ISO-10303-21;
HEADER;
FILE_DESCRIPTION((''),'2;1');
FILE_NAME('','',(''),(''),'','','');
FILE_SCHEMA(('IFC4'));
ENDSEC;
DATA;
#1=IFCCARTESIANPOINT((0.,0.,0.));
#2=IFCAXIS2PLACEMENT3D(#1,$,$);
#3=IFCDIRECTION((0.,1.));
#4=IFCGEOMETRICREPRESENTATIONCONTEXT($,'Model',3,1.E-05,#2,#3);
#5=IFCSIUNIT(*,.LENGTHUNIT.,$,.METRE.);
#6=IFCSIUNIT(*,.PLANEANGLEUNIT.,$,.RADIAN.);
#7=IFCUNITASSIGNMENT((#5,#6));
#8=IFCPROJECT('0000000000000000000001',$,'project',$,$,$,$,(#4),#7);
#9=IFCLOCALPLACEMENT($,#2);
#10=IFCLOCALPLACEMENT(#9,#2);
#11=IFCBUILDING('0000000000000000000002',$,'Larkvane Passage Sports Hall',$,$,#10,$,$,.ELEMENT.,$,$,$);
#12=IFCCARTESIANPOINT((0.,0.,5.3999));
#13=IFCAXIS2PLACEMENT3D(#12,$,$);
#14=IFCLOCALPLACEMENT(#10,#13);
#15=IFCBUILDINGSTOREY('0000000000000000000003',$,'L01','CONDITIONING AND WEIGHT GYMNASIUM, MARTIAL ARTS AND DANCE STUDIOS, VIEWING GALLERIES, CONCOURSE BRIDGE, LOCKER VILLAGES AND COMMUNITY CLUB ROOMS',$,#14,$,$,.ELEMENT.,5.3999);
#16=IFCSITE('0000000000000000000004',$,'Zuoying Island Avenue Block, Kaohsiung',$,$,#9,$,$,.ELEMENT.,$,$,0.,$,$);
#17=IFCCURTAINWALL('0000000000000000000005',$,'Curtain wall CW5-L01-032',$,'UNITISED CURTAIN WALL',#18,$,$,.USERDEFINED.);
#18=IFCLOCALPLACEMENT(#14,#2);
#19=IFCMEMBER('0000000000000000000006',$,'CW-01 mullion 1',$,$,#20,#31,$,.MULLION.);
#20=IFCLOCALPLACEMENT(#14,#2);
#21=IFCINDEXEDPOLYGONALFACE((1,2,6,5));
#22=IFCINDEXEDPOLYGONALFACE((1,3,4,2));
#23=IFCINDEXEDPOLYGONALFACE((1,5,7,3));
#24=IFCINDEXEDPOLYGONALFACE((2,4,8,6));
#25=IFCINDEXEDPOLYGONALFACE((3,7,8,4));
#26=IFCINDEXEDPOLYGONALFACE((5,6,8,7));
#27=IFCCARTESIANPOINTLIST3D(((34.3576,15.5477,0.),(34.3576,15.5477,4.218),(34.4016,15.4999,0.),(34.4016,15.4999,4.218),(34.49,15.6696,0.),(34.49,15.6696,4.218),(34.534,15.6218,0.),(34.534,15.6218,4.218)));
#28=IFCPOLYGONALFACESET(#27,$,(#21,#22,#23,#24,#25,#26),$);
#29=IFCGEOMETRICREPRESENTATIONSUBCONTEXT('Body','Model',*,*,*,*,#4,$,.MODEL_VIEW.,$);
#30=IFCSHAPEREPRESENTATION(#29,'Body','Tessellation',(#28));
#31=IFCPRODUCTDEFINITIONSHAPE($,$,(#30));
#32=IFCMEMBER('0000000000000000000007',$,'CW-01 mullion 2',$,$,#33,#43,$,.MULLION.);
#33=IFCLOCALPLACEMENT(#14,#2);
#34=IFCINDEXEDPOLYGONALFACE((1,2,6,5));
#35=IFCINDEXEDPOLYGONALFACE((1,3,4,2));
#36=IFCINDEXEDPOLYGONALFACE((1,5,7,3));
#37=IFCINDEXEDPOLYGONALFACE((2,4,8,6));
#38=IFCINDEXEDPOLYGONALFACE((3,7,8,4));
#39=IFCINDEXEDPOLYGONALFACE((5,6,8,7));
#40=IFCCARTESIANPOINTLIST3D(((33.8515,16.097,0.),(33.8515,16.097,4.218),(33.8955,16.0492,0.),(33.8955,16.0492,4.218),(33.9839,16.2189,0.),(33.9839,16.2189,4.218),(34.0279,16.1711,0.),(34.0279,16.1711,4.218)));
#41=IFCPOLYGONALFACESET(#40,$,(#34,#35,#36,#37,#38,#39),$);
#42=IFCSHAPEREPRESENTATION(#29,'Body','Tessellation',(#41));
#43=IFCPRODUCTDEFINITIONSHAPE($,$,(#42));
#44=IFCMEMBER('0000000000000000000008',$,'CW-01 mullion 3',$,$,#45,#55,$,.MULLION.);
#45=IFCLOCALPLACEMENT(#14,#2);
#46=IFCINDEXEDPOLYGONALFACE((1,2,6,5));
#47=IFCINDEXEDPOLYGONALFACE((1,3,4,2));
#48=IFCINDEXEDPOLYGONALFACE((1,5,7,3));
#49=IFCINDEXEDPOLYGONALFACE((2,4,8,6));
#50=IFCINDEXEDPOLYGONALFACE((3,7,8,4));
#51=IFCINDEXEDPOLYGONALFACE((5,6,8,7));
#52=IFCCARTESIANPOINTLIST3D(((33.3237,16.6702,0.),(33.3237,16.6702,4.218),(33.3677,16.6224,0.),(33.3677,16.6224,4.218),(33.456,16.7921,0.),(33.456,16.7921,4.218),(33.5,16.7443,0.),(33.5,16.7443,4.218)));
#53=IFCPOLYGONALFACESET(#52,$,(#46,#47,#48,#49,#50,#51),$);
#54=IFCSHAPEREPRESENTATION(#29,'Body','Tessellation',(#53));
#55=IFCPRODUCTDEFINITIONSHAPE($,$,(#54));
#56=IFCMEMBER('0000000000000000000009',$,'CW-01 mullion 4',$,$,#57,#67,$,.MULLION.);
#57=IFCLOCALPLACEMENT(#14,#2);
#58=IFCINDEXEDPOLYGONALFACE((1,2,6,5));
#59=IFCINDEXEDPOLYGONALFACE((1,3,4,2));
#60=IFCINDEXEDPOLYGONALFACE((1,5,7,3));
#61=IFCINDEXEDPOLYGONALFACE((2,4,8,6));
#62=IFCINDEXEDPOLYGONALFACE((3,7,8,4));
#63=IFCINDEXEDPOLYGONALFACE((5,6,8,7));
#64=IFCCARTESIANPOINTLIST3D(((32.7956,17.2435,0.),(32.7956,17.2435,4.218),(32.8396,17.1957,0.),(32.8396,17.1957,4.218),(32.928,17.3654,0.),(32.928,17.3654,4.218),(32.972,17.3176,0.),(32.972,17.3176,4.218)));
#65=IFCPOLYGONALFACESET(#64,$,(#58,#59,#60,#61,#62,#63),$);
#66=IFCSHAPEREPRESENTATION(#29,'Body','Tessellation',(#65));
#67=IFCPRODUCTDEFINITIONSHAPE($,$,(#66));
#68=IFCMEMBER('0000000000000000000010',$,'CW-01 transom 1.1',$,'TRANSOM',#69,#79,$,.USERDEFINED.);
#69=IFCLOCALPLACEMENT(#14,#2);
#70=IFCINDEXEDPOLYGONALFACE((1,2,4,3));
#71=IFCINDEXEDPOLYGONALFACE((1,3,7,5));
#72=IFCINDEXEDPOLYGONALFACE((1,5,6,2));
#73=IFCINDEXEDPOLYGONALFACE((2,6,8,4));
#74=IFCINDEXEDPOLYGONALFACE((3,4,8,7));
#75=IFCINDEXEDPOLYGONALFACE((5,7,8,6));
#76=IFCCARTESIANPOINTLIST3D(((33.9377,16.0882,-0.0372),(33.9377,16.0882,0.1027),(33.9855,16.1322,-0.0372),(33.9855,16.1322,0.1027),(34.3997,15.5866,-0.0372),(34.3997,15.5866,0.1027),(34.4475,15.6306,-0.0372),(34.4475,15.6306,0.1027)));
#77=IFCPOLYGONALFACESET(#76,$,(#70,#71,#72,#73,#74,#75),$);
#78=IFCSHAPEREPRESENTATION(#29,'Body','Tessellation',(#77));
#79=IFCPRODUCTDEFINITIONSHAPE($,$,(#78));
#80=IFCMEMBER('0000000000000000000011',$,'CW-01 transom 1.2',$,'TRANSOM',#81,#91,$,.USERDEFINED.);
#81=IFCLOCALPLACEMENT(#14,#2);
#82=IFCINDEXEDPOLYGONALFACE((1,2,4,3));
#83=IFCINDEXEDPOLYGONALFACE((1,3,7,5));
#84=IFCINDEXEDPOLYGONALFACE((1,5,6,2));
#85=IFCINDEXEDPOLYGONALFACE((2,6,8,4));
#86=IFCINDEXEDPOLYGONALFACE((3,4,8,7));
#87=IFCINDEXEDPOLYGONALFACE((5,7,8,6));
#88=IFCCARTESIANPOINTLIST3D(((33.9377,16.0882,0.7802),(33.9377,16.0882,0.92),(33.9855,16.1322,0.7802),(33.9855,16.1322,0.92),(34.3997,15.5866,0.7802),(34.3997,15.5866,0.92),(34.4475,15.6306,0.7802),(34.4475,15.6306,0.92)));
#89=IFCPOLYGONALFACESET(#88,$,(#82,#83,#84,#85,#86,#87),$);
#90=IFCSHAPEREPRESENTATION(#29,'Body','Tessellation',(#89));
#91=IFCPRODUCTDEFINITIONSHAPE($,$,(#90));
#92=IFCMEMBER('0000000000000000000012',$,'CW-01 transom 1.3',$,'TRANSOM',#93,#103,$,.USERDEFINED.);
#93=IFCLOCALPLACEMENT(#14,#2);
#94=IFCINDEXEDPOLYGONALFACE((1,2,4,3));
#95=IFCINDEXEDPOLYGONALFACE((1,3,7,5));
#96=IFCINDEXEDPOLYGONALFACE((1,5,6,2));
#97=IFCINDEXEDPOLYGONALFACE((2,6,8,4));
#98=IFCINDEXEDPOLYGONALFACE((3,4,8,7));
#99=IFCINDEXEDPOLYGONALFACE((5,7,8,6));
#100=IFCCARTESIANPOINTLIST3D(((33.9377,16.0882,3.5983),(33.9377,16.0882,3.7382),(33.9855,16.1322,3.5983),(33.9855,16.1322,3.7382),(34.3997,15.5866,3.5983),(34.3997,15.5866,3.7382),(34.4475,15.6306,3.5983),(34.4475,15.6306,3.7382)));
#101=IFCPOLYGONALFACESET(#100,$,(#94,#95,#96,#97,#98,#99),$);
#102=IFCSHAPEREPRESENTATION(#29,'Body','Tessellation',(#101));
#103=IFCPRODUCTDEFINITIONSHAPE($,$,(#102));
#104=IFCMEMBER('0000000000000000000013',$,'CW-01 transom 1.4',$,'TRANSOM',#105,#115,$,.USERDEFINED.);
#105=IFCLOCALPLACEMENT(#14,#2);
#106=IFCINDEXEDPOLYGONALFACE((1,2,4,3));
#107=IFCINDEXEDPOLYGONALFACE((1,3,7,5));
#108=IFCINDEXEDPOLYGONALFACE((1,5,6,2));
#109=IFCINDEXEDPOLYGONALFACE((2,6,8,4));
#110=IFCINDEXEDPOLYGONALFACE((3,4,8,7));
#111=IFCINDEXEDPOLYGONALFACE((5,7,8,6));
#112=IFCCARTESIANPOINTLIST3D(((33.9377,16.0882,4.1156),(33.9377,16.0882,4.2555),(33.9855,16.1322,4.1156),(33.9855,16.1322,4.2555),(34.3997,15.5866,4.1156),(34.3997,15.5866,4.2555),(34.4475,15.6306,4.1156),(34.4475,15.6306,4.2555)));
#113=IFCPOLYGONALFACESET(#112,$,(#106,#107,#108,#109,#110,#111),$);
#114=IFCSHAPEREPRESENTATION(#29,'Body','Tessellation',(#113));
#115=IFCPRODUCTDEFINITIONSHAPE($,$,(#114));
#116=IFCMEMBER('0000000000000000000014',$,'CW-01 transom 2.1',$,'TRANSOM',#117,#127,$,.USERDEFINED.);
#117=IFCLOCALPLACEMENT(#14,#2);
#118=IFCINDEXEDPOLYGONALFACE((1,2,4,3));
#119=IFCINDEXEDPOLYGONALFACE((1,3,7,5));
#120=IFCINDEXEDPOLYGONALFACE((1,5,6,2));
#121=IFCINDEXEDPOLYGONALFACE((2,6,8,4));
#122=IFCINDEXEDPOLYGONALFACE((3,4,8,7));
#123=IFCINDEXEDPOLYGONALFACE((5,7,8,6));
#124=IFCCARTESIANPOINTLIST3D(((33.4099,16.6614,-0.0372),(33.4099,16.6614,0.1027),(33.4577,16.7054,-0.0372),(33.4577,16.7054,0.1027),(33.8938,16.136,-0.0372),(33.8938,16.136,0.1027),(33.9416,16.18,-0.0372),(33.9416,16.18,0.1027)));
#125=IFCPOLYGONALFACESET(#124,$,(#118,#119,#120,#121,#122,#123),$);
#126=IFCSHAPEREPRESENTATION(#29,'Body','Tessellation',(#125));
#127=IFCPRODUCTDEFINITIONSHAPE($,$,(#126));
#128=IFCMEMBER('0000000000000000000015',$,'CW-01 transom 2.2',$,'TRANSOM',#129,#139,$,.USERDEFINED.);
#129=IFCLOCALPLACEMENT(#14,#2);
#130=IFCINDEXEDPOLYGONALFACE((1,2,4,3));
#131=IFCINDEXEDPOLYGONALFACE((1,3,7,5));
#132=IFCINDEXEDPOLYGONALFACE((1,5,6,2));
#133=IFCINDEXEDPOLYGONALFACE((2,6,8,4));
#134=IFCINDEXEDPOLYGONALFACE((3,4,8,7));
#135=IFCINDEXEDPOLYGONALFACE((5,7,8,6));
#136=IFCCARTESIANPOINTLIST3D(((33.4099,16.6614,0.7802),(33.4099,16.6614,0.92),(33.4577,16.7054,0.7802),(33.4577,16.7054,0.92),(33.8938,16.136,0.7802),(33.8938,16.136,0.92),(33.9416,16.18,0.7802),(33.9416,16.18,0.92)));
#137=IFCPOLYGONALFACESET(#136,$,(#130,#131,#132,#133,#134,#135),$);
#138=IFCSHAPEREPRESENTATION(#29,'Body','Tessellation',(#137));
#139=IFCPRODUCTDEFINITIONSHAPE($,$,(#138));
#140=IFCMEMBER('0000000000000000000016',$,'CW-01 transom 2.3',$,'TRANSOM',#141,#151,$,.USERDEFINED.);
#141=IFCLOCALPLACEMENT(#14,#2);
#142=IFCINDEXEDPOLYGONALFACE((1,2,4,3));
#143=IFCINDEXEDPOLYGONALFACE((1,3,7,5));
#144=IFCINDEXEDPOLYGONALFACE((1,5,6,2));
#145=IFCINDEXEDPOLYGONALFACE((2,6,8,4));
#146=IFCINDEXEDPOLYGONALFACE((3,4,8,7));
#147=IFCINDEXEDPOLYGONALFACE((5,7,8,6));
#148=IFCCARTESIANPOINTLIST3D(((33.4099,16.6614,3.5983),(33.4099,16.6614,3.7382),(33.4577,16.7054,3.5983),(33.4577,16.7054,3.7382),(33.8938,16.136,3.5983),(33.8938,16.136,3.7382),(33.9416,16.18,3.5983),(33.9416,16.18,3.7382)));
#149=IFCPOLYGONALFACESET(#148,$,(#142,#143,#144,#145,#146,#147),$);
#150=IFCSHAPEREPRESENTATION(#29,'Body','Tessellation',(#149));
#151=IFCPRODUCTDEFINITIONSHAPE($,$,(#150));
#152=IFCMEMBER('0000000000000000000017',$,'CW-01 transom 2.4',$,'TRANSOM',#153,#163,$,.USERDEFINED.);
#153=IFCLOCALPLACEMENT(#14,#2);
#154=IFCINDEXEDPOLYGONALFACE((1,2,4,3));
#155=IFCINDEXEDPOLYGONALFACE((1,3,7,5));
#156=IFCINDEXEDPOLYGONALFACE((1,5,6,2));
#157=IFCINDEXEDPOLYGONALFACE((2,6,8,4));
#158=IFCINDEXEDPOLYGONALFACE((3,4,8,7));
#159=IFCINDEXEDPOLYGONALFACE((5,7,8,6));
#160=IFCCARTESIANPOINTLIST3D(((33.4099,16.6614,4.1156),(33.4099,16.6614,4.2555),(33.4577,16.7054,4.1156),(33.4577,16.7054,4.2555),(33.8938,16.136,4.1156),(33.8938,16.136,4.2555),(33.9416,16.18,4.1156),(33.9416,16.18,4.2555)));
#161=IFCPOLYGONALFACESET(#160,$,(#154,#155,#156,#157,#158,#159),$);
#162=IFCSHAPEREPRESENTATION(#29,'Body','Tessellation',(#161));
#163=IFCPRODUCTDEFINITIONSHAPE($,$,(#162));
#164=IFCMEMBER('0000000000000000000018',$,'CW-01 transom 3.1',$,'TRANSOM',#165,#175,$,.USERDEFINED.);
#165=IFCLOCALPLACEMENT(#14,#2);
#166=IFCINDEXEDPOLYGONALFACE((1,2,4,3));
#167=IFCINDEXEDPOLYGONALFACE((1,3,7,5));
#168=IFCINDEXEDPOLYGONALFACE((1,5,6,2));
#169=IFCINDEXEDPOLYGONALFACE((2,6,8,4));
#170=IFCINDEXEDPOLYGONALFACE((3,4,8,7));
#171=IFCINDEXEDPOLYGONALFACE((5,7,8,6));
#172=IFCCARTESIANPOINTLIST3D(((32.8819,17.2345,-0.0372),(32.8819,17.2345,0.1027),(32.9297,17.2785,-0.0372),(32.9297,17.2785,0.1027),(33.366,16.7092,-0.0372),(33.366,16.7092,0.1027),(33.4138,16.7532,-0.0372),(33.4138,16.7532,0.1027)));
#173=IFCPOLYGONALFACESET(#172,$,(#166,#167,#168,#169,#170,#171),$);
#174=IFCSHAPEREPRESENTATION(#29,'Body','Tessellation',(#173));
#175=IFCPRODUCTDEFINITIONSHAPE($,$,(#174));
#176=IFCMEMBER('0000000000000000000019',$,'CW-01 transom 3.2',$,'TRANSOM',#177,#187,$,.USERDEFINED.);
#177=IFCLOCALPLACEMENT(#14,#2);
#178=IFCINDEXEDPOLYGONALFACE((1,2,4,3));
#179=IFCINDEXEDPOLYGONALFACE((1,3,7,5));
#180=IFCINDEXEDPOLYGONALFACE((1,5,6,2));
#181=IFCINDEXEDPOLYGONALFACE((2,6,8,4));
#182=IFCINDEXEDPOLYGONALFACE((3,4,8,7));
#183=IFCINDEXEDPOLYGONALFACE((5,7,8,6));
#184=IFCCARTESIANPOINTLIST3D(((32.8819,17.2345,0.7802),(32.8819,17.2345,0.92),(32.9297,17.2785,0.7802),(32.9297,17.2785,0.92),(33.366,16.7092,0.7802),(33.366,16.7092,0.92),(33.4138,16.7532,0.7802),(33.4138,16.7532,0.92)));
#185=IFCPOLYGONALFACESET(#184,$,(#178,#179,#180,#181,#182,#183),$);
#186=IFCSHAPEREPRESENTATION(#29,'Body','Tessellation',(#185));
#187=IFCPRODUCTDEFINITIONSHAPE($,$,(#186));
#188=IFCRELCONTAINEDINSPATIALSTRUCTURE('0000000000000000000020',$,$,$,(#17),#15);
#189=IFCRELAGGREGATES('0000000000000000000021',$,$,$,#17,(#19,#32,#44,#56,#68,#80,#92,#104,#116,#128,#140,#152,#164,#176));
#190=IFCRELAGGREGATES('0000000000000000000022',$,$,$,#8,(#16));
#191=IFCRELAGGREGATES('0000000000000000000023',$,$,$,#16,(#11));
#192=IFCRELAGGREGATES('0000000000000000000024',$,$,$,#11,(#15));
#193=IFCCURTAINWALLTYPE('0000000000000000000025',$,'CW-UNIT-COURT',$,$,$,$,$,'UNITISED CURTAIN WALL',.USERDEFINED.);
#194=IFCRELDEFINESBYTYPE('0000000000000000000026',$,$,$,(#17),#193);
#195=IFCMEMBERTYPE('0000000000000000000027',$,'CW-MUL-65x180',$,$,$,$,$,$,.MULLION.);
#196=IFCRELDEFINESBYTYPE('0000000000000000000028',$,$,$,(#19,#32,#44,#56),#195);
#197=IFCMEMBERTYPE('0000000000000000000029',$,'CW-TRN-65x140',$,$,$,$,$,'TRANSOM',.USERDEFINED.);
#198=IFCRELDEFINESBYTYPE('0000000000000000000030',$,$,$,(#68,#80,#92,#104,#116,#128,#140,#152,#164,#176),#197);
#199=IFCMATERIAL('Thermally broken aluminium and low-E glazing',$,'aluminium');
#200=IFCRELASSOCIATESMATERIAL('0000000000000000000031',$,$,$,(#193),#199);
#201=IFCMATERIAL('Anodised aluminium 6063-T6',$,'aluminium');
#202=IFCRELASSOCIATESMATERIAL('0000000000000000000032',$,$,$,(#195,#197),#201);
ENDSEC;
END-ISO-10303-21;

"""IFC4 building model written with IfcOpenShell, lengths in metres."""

from ifc_helpers import new_model, si_unit, direction, frame, origin, origin_2d, place, context, subcontext, project, spatial, rectangle, extrude, material, material_profile, profile_set, type_object, element, aggregate, save


model = new_model("IFC4")

# Units and contexts
model_context = context("Model", 3, precision=1e-05, world=origin(), true_north=direction((0.0, 1.0)))
body_context = subcontext(model_context, "Body", "Model", "MODEL_VIEW")
ifc_project = project(units=[si_unit("LENGTHUNIT", "METRE"), si_unit("PLANEANGLEUNIT", "RADIAN")], contexts=[model_context])

# Site, building, storey
site_placement = place(None, origin())
site = spatial("IfcSite", under=ifc_project, at=site_placement, Name="Zuoying Island Avenue Block, Kaohsiung", CompositionType="ELEMENT", RefElevation=0.0)
building_placement = place(site_placement, origin())
building = spatial("IfcBuilding", under=site, at=building_placement, Name="Larkvane Passage Sports Hall", CompositionType="ELEMENT")
storey_placement = place(building_placement, frame((0.0, 0.0, 5.3999)))
storey = spatial("IfcBuildingStorey", under=building, at=storey_placement, Name="L01", Description="CONDITIONING AND WEIGHT GYMNASIUM, MARTIAL ARTS AND DANCE STUDIOS, VIEWING GALLERIES, CONCOURSE BRIDGE, LOCKER VILLAGES AND COMMUNITY CLUB ROOMS", CompositionType="ELEMENT", Elevation=5.3999)

# Curtain wall, members
ifc_material_1 = material(Name="Thermally broken aluminium and low-E glazing", Category="aluminium")
curtain_wall_type = type_object("IfcCurtainWallType", Name="CW-UNIT-COURT", ElementType="UNITISED CURTAIN WALL", PredefinedType="USERDEFINED", material=ifc_material_1)
curtain_wall_placement = place(storey_placement, origin())
curtain_wall = element("IfcCurtainWall", 1, at=curtain_wall_placement, inside=storey, type_object=curtain_wall_type, Name="Curtain wall CW5-L01-032", ObjectType="UNITISED CURTAIN WALL", PredefinedType="USERDEFINED")
ifc_material_2 = material(Name="Anodised aluminium 6063-T6", Category="aluminium")
ifc_material_profile_1 = material_profile(ifc_material_2, rectangle(XDim=0.0649, YDim=0.1799, at=origin_2d()), Name="ALU-MUL-65x180")
ifc_profile_set_1 = profile_set([ifc_material_profile_1], Name="Anodised aluminium 6063-T6")
member_type_1 = type_object("IfcMemberType", Name="CW-MUL-65x180", PredefinedType="MULLION", material=ifc_profile_set_1)
member_1_placement = place(storey_placement, frame((34.4458, 15.5847, 0.0), z_axis=(0.0, 0.0, 1.0), x_axis=(-0.677478, 0.735543, 0.0)))
member_1 = element("IfcMember", 2, at=member_1_placement, type_object=member_type_1, Name="CW-01 mullion 1", PredefinedType="MULLION", context=body_context, shape_type="SweptSolid", body=[
    extrude(rectangle(XDim=0.0649, YDim=0.1799, at=origin_2d()), origin(), (0.0, 0.0, 1.0), 4.218),
])
member_2_placement = place(storey_placement, frame((33.9397, 16.134, 0.0), z_axis=(0.0, 0.0, 1.0), x_axis=(-0.677478, 0.735543, 0.0)))
member_2 = element("IfcMember", 3, at=member_2_placement, type_object=member_type_1, Name="CW-01 mullion 2", PredefinedType="MULLION", context=body_context, shape_type="SweptSolid", body=[
    extrude(rectangle(XDim=0.0649, YDim=0.1799, at=origin_2d()), origin(), (0.0, 0.0, 1.0), 4.218),
])
member_3_placement = place(storey_placement, frame((33.4119, 16.7073, 0.0), z_axis=(0.0, 0.0, 1.0), x_axis=(-0.677478, 0.735543, 0.0)))
member_3 = element("IfcMember", 4, at=member_3_placement, type_object=member_type_1, Name="CW-01 mullion 3", PredefinedType="MULLION", context=body_context, shape_type="SweptSolid", body=[
    extrude(rectangle(XDim=0.0649, YDim=0.1799, at=origin_2d()), origin(), (0.0, 0.0, 1.0), 4.218),
])
member_4_placement = place(storey_placement, frame((32.8838, 17.2805, 0.0), z_axis=(0.0, 0.0, 1.0), x_axis=(-0.677478, 0.735543, 0.0)))
member_4 = element("IfcMember", 5, at=member_4_placement, type_object=member_type_1, Name="CW-01 mullion 4", PredefinedType="MULLION", context=body_context, shape_type="SweptSolid", body=[
    extrude(rectangle(XDim=0.0649, YDim=0.1799, at=origin_2d()), origin(), (0.0, 0.0, 1.0), 4.218),
])
ifc_material_profile_2 = material_profile(ifc_material_2, rectangle(XDim=0.0649, YDim=0.1399, at=origin_2d()), Name="ALU-TRN-65x140")
ifc_profile_set_2 = profile_set([ifc_material_profile_2], Name="Anodised aluminium 6063-T6")
member_type_2 = type_object("IfcMemberType", Name="CW-TRN-65x140", ElementType="TRANSOM", PredefinedType="USERDEFINED", material=ifc_profile_set_2)
member_5_placement = place(storey_placement, frame((34.4236, 15.6086, 0.0327), z_axis=(-0.677506, 0.735517, 0.0), x_axis=(-0.735517, -0.677506, 0.0)))
member_5 = element("IfcMember", 6, at=member_5_placement, type_object=member_type_2, Name="CW-01 transom 1.1", ObjectType="TRANSOM", PredefinedType="USERDEFINED", context=body_context, shape_type="SweptSolid", body=[
    extrude(rectangle(XDim=0.0649, YDim=0.1399, at=origin_2d()), origin(), (0.0, 0.0, 1.0), 0.6819),
])
member_6_placement = place(storey_placement, frame((34.4236, 15.6086, 0.8501), z_axis=(-0.677506, 0.735517, 0.0), x_axis=(-0.735517, -0.677506, 0.0)))
member_6 = element("IfcMember", 7, at=member_6_placement, type_object=member_type_2, Name="CW-01 transom 1.2", ObjectType="TRANSOM", PredefinedType="USERDEFINED", context=body_context, shape_type="SweptSolid", body=[
    extrude(rectangle(XDim=0.0649, YDim=0.1399, at=origin_2d()), origin(), (0.0, 0.0, 1.0), 0.6819),
])
member_7_placement = place(storey_placement, frame((34.4236, 15.6086, 3.6682), z_axis=(-0.677506, 0.735517, 0.0), x_axis=(-0.735517, -0.677506, 0.0)))
member_7 = element("IfcMember", 8, at=member_7_placement, type_object=member_type_2, Name="CW-01 transom 1.3", ObjectType="TRANSOM", PredefinedType="USERDEFINED", context=body_context, shape_type="SweptSolid", body=[
    extrude(rectangle(XDim=0.0649, YDim=0.1399, at=origin_2d()), origin(), (0.0, 0.0, 1.0), 0.6819),
])
member_8_placement = place(storey_placement, frame((34.4236, 15.6086, 4.1855), z_axis=(-0.677506, 0.735517, 0.0), x_axis=(-0.735517, -0.677506, 0.0)))
member_8 = element("IfcMember", 9, at=member_8_placement, type_object=member_type_2, Name="CW-01 transom 1.4", ObjectType="TRANSOM", PredefinedType="USERDEFINED", context=body_context, shape_type="SweptSolid", body=[
    extrude(rectangle(XDim=0.0649, YDim=0.1399, at=origin_2d()), origin(), (0.0, 0.0, 1.0), 0.6819),
])
member_9_placement = place(storey_placement, frame((33.9177, 16.158, 0.0327), z_axis=(-0.677456, 0.735563, 0.0), x_axis=(-0.735563, -0.677456, 0.0)))
member_9 = element("IfcMember", 10, at=member_9_placement, type_object=member_type_2, Name="CW-01 transom 2.1", ObjectType="TRANSOM", PredefinedType="USERDEFINED", context=body_context, shape_type="SweptSolid", body=[
    extrude(rectangle(XDim=0.0649, YDim=0.1399, at=origin_2d()), origin(), (0.0, 0.0, 1.0), 0.7144),
])
member_10_placement = place(storey_placement, frame((33.9177, 16.158, 0.8501), z_axis=(-0.677456, 0.735563, 0.0), x_axis=(-0.735563, -0.677456, 0.0)))
member_10 = element("IfcMember", 11, at=member_10_placement, type_object=member_type_2, Name="CW-01 transom 2.2", ObjectType="TRANSOM", PredefinedType="USERDEFINED", context=body_context, shape_type="SweptSolid", body=[
    extrude(rectangle(XDim=0.0649, YDim=0.1399, at=origin_2d()), origin(), (0.0, 0.0, 1.0), 0.7144),
])
member_11_placement = place(storey_placement, frame((33.9177, 16.158, 3.6682), z_axis=(-0.677456, 0.735563, 0.0), x_axis=(-0.735563, -0.677456, 0.0)))
member_11 = element("IfcMember", 12, at=member_11_placement, type_object=member_type_2, Name="CW-01 transom 2.3", ObjectType="TRANSOM", PredefinedType="USERDEFINED", context=body_context, shape_type="SweptSolid", body=[
    extrude(rectangle(XDim=0.0649, YDim=0.1399, at=origin_2d()), origin(), (0.0, 0.0, 1.0), 0.7144),
])
member_12_placement = place(storey_placement, frame((33.9177, 16.158, 4.1855), z_axis=(-0.677456, 0.735563, 0.0), x_axis=(-0.735563, -0.677456, 0.0)))
member_12 = element("IfcMember", 13, at=member_12_placement, type_object=member_type_2, Name="CW-01 transom 2.4", ObjectType="TRANSOM", PredefinedType="USERDEFINED", context=body_context, shape_type="SweptSolid", body=[
    extrude(rectangle(XDim=0.0649, YDim=0.1399, at=origin_2d()), origin(), (0.0, 0.0, 1.0), 0.7144),
])
member_13_placement = place(storey_placement, frame((33.3899, 16.7312, 0.0327), z_axis=(-0.677641, 0.735393, 0.0), x_axis=(-0.735393, -0.677641, 0.0)))
member_13 = element("IfcMember", 14, at=member_13_placement, type_object=member_type_2, Name="CW-01 transom 3.1", ObjectType="TRANSOM", PredefinedType="USERDEFINED", context=body_context, shape_type="SweptSolid", body=[
    extrude(rectangle(XDim=0.0649, YDim=0.1399, at=origin_2d()), origin(), (0.0, 0.0, 1.0), 0.7144),
])
member_14_placement = place(storey_placement, frame((33.3899, 16.7312, 0.8501), z_axis=(-0.677641, 0.735393, 0.0), x_axis=(-0.735393, -0.677641, 0.0)))
member_14 = element("IfcMember", 15, at=member_14_placement, type_object=member_type_2, Name="CW-01 transom 3.2", ObjectType="TRANSOM", PredefinedType="USERDEFINED", context=body_context, shape_type="SweptSolid", body=[
    extrude(rectangle(XDim=0.0649, YDim=0.1399, at=origin_2d()), origin(), (0.0, 0.0, 1.0), 0.7144),
])

aggregate(curtain_wall, [member_1, member_2, member_3, member_4, member_5, member_6, member_7, member_8, member_9, member_10, member_11, member_12, member_13, member_14])

save(model, "model.ifc")
